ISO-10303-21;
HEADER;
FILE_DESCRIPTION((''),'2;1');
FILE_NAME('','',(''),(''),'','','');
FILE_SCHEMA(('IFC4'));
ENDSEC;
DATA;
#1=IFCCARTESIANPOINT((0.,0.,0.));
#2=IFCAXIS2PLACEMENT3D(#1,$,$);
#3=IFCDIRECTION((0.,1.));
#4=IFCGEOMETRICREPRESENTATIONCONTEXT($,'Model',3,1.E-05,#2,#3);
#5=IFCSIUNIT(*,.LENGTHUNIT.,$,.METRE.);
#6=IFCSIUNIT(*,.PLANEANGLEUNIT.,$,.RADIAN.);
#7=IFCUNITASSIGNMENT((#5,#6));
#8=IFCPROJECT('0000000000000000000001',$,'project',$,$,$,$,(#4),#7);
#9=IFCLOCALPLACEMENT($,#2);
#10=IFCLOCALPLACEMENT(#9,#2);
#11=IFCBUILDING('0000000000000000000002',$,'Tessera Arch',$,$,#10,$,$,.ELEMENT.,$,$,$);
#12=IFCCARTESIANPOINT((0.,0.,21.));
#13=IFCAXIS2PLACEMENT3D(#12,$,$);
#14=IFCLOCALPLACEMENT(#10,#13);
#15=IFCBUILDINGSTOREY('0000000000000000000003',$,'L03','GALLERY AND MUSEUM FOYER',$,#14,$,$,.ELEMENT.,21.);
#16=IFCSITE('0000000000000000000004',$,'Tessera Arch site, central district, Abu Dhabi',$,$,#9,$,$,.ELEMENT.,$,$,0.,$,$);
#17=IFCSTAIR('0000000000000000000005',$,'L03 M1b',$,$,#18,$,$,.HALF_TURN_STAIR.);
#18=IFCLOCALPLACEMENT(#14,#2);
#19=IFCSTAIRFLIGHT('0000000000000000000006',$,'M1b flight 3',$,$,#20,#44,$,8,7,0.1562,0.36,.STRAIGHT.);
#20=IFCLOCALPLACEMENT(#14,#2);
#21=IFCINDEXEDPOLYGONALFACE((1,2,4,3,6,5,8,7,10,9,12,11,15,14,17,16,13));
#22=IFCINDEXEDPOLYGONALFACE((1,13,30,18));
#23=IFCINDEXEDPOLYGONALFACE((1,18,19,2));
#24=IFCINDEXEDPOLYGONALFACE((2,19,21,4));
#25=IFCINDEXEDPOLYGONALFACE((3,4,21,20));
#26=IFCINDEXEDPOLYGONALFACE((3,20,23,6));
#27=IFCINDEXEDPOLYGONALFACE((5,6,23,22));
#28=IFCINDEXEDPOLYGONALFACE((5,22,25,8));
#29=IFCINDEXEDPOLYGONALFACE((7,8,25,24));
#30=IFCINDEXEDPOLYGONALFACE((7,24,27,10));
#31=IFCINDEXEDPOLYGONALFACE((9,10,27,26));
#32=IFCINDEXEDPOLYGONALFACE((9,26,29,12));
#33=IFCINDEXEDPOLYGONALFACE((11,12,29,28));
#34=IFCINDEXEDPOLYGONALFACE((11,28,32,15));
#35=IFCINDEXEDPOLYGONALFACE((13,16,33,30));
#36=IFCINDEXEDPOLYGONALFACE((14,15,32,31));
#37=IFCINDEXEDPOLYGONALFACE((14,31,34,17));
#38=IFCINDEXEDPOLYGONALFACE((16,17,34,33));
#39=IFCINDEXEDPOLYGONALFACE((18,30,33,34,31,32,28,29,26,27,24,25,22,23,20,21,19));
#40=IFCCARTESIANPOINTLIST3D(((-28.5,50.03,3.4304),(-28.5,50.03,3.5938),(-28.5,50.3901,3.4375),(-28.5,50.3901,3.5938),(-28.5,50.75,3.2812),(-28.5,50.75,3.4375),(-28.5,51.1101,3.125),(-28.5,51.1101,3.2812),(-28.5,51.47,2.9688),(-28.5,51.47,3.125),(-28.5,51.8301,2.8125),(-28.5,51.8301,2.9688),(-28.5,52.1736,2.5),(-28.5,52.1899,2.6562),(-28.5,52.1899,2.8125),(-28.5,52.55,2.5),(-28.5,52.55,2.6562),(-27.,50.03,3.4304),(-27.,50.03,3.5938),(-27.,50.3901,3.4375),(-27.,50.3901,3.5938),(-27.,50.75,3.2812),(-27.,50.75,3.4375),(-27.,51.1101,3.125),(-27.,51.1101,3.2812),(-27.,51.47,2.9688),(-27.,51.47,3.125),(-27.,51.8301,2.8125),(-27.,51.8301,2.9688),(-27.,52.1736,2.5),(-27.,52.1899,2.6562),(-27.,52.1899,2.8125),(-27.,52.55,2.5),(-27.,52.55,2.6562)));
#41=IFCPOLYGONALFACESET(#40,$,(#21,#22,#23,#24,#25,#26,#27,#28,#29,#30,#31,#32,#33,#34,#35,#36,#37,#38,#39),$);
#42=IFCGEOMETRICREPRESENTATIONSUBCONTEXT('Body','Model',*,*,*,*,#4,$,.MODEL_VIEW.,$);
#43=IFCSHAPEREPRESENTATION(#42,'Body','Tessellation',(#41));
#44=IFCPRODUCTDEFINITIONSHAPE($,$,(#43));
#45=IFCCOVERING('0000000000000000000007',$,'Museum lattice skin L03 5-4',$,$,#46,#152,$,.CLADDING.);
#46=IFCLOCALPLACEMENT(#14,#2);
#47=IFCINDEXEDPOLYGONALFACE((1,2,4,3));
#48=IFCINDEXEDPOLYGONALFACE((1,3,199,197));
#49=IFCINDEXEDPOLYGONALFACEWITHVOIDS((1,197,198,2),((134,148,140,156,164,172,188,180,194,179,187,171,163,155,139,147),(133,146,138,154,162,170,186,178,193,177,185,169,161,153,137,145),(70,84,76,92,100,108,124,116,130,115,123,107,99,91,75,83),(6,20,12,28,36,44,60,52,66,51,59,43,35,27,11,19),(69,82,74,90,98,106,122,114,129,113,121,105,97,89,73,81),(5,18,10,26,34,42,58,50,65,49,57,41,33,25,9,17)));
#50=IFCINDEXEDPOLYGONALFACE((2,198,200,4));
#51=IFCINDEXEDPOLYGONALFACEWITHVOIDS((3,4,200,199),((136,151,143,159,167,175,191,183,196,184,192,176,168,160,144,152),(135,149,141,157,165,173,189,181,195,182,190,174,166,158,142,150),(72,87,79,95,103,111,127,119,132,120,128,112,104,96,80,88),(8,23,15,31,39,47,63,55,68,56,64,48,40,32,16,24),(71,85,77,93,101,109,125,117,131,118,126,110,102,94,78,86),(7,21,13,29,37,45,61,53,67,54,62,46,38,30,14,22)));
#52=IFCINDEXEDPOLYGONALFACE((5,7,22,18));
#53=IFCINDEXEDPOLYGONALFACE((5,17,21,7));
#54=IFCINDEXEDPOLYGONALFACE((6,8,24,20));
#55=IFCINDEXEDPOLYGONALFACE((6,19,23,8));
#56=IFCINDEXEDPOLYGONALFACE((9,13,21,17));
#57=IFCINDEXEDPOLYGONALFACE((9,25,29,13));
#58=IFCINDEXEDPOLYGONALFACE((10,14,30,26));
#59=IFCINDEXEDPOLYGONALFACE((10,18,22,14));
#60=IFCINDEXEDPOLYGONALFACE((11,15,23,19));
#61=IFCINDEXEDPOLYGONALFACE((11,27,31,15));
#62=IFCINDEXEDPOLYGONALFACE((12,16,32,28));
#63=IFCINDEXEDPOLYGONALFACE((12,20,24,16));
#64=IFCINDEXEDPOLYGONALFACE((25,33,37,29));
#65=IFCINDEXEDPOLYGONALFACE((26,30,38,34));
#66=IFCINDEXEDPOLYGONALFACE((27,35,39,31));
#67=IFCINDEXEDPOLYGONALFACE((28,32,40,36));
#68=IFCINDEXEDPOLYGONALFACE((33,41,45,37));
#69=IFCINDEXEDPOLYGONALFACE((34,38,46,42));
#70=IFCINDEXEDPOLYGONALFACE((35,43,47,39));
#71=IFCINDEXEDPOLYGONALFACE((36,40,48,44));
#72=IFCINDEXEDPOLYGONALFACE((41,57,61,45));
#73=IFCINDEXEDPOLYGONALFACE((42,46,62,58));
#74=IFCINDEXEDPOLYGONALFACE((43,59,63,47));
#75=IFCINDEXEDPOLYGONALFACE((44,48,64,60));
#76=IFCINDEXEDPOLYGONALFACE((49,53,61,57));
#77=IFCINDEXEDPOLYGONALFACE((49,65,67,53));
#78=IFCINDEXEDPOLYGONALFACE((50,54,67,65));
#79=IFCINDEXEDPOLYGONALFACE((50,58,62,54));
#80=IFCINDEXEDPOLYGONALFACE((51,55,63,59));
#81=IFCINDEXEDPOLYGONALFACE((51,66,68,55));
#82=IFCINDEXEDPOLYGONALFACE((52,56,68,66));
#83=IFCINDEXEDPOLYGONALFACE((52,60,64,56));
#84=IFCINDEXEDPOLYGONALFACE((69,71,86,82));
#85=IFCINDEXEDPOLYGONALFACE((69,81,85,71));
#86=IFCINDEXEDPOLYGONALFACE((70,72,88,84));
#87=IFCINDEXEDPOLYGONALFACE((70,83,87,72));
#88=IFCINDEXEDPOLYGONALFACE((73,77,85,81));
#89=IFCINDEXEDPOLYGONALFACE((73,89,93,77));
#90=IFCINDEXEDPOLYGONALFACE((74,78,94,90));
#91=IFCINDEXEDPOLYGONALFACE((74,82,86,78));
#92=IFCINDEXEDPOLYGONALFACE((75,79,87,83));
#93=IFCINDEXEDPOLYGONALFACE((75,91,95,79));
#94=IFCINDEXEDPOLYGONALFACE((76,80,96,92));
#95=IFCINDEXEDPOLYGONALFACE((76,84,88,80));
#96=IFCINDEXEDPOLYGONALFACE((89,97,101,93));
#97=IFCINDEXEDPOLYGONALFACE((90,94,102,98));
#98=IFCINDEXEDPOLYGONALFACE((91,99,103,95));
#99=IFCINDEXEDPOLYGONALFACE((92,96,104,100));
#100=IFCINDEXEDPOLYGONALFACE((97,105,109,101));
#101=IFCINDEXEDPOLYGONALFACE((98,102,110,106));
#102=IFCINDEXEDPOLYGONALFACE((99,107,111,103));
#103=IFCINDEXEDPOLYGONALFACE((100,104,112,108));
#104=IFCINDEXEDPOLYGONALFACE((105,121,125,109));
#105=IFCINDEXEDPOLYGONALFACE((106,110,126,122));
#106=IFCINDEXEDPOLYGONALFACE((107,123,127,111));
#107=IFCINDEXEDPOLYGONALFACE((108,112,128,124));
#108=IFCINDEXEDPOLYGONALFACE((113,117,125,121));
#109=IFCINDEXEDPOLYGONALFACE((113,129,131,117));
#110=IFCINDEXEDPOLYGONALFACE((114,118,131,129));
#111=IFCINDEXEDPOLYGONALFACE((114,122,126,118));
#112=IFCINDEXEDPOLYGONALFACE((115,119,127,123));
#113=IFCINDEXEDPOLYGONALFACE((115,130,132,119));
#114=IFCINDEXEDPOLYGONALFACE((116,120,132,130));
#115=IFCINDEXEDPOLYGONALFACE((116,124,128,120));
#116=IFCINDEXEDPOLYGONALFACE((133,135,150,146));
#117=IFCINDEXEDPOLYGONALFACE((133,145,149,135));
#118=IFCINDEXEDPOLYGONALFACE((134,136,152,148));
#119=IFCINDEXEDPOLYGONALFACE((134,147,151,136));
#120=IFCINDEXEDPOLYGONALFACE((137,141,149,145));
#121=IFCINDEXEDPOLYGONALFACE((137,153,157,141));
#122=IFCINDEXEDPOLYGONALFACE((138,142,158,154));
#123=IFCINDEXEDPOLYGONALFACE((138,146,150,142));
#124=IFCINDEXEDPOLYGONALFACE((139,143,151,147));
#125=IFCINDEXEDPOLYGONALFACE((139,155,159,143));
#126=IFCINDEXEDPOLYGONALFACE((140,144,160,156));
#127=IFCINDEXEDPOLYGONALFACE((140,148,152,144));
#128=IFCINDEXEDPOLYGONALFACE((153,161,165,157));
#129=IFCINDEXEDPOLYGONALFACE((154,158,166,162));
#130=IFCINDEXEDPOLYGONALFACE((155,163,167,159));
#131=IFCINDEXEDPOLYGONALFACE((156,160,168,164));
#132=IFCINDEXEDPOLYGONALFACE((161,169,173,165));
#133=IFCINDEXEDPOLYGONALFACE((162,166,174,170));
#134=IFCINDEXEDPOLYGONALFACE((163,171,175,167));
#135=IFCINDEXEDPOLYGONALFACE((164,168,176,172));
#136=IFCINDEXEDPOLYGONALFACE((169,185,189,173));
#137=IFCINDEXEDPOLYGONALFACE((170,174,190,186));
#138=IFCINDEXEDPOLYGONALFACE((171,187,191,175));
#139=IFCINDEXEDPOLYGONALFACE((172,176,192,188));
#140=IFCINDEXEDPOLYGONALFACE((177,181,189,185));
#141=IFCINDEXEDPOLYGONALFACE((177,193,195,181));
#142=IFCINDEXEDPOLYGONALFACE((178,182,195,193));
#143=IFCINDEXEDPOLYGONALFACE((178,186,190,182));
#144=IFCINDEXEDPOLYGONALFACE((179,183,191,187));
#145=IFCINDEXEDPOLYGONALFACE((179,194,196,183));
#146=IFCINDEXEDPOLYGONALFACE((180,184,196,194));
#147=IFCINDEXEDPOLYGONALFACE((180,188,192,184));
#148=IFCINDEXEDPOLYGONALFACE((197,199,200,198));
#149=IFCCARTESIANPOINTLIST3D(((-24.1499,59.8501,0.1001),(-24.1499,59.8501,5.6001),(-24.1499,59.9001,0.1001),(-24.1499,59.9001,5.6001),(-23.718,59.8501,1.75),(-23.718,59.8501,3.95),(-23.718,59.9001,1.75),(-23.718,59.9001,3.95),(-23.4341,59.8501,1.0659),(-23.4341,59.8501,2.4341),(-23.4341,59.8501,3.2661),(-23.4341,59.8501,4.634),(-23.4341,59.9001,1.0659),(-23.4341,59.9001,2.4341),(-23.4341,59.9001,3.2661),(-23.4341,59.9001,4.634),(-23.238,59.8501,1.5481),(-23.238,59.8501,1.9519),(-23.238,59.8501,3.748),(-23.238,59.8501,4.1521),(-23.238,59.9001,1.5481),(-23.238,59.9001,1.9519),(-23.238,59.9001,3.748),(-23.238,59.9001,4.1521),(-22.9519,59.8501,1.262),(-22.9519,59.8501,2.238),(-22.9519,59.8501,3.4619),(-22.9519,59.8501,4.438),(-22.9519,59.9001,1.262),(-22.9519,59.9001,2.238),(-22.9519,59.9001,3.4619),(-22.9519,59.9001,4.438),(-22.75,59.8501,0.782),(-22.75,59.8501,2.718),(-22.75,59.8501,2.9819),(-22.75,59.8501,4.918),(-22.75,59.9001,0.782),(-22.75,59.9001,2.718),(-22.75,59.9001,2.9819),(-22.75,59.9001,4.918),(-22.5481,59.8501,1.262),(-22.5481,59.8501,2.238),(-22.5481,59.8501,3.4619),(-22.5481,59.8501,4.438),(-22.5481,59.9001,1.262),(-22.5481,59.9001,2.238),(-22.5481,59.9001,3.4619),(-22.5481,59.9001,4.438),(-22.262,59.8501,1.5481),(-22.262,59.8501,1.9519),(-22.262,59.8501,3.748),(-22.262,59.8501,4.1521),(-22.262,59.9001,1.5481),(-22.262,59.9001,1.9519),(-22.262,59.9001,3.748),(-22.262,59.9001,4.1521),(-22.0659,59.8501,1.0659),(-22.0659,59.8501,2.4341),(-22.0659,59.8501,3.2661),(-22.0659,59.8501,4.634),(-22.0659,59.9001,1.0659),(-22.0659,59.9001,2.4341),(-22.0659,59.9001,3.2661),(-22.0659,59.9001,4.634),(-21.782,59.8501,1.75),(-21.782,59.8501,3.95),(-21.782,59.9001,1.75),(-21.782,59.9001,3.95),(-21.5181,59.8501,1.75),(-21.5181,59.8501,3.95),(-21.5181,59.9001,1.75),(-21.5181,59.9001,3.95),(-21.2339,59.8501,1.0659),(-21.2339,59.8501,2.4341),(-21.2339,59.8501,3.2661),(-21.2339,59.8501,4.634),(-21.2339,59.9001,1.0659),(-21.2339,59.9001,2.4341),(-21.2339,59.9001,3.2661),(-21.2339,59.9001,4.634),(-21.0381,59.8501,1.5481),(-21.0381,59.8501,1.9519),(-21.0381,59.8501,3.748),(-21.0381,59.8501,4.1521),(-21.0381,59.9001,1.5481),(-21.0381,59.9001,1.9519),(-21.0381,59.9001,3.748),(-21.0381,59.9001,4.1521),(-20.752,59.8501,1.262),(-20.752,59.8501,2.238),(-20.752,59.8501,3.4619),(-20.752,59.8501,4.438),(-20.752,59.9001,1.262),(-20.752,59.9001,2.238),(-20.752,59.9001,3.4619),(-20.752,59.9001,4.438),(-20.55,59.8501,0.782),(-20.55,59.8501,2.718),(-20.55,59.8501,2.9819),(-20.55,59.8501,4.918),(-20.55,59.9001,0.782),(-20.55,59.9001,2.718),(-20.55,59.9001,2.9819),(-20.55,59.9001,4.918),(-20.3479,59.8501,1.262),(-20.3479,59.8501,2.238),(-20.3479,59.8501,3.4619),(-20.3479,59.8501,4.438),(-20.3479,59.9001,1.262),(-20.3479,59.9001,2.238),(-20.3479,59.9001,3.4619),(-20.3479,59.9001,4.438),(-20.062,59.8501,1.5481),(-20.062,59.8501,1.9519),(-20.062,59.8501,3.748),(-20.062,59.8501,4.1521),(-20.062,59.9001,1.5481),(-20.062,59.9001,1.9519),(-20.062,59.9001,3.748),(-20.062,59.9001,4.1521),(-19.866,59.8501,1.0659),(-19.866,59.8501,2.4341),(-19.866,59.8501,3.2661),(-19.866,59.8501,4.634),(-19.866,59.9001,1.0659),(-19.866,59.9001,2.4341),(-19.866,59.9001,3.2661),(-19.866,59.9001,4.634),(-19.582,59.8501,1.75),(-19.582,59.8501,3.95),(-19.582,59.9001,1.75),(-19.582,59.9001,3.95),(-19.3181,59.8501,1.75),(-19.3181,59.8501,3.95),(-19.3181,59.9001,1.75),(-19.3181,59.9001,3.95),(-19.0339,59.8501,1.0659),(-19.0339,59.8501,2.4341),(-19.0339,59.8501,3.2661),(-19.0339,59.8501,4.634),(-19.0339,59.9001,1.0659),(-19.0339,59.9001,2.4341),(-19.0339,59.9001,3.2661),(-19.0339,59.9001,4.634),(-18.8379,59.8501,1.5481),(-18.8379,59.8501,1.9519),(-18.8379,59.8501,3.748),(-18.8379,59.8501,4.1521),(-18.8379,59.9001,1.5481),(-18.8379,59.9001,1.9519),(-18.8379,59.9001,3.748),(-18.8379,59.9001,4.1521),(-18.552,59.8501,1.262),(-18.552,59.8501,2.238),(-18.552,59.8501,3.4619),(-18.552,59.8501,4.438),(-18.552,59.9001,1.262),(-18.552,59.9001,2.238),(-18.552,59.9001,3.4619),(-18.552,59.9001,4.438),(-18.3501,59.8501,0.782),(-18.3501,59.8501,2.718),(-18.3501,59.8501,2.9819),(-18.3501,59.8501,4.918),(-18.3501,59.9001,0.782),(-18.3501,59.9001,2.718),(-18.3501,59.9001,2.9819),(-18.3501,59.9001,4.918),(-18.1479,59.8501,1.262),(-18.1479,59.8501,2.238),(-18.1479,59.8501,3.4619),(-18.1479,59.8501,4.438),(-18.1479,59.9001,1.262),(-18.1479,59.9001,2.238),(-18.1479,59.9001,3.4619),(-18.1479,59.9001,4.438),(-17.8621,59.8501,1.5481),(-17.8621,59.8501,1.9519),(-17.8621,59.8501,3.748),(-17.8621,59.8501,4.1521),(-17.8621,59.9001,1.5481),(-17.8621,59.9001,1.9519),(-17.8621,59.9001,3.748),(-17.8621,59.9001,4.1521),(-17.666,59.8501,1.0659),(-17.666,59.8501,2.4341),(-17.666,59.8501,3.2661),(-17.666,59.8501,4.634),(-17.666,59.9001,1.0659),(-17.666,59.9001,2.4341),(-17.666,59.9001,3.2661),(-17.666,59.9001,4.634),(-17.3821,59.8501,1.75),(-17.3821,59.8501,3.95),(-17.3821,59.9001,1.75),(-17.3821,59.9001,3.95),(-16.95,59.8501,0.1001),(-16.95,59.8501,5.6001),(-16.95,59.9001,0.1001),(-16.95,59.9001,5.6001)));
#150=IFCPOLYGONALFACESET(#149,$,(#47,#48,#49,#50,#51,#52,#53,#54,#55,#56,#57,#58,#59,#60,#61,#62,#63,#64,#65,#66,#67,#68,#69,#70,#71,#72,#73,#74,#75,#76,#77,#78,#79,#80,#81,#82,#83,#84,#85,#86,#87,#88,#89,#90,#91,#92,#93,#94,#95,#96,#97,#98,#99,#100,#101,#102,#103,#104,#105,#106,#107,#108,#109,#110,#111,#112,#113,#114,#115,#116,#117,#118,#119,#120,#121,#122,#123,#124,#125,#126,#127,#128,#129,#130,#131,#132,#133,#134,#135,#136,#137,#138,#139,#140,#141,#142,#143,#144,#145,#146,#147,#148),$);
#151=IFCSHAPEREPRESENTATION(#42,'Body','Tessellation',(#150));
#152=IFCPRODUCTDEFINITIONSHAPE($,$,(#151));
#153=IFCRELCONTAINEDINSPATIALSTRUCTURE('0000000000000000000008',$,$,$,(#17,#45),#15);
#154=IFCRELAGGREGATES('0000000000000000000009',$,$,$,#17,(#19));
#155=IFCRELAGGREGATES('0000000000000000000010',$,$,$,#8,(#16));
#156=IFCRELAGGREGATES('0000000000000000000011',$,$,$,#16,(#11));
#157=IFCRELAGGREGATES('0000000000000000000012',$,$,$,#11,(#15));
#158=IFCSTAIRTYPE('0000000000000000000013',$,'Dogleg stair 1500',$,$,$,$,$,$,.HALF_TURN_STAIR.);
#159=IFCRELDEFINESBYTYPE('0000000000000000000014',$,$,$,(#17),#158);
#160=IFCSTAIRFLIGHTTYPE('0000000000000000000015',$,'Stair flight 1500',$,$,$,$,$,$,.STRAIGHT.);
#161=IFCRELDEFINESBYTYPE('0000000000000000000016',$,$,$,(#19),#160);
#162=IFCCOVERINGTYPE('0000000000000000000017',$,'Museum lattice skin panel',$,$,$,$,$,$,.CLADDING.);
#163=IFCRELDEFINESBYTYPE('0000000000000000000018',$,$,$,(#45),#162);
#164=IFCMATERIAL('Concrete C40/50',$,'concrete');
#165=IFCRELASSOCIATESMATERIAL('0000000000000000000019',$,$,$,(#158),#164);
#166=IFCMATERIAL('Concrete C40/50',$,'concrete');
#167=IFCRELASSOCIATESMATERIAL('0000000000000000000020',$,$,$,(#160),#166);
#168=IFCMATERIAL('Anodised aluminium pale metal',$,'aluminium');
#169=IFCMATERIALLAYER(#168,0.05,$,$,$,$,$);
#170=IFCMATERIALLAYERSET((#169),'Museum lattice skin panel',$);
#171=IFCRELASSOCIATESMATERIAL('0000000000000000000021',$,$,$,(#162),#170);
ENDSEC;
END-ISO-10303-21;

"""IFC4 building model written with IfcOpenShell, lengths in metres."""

from ifc_helpers import new_model, si_unit, direction, frame, origin, place, context, subcontext, project, spatial, polyline, outline, extrude, material, layer, layer_set, type_object, element, aggregate, save


model = new_model("IFC4")

# Units and contexts
model_context = context("Model", 3, precision=1e-05, world=origin(), true_north=direction((0.0, 1.0)))
body_context = subcontext(model_context, "Body", "Model", "MODEL_VIEW")
ifc_project = project(units=[si_unit("LENGTHUNIT", "METRE"), si_unit("PLANEANGLEUNIT", "RADIAN")], contexts=[model_context])

# Site, building, storey
site_placement = place(None, origin())
site = spatial("IfcSite", under=ifc_project, at=site_placement, Name="Tessera Arch site, central district, Abu Dhabi", CompositionType="ELEMENT", RefElevation=0.0)
building_placement = place(site_placement, origin())
building = spatial("IfcBuilding", under=site, at=building_placement, Name="Tessera Arch", CompositionType="ELEMENT")
storey_placement = place(building_placement, frame((0.0, 0.0, 21.0)))
storey = spatial("IfcBuildingStorey", under=building, at=storey_placement, Name="L03", Description="GALLERY AND MUSEUM FOYER", CompositionType="ELEMENT", Elevation=21.0)

# Stair, stair flight
ifc_material_1 = material(Name="Concrete C40/50", Category="concrete")
stair_type = type_object("IfcStairType", Name="Dogleg stair 1500", PredefinedType="HALF_TURN_STAIR", material=ifc_material_1)
stair_placement = place(storey_placement, origin())
stair = element("IfcStair", 1, at=stair_placement, inside=storey, type_object=stair_type, Name="L03 M1b", PredefinedType="HALF_TURN_STAIR")
ifc_material_2 = material(Name="Concrete C40/50", Category="concrete")
stair_flight_type = type_object("IfcStairFlightType", Name="Stair flight 1500", PredefinedType="STRAIGHT", material=ifc_material_2)
stair_flight_1_placement = place(storey_placement, frame((-27.75, 52.55, 2.5), z_axis=(0.0, 0.0, 1.0), x_axis=(0.0, -1.0, 0.0)))
stair_flight_1 = element("IfcStairFlight", 2, at=stair_flight_1_placement, type_object=stair_flight_type, Name="M1b flight 3", NumberOfRisers=8, NumberOfTreads=7, PredefinedType="STRAIGHT", RiserHeight=0.1562, TreadLength=0.36, context=body_context, shape_type="SweptSolid", body=[
    extrude(outline(polyline([(0.0, 0.0), (0.0, 0.1562), (0.3601, 0.1562), (0.3601, 0.3125), (0.72, 0.3125), (0.72, 0.4688), (1.0801, 0.4688), (1.0801, 0.625), (1.4399, 0.625), (1.4399, 0.7812), (1.8, 0.7812), (1.8, 0.9375), (2.1599, 0.9375), (2.1599, 1.0938), (2.52, 1.0938), (2.52, 1.25), (2.52, 0.9304), (0.3765, 0.0), (0.0, 0.0)])), frame((0.0, 0.75, 0.0), z_axis=(0.0, -1.0, 0.0), x_axis=(1.0, 0.0, 0.0)), (0.0, 0.0, 1.0), 1.5),
])
aggregate(stair, [stair_flight_1])

# Covering
ifc_material_3 = material(Name="Anodised aluminium pale metal", Category="aluminium")
ifc_layer_1 = layer(ifc_material_3, 0.05)
ifc_layer_set_1 = layer_set([ifc_layer_1], Name="Museum lattice skin panel")
covering_type = type_object("IfcCoveringType", Name="Museum lattice skin panel", PredefinedType="CLADDING", material=ifc_layer_set_1)
covering_1_placement = place(storey_placement, frame((-16.95, 59.8501, 5.6001), z_axis=(0.0, -1.0, 0.0), x_axis=(-1.0, 0.0, 0.0)))
element("IfcCovering", 3, at=covering_1_placement, inside=storey, type_object=covering_type, Name="Museum lattice skin L03 5-4", PredefinedType="CLADDING", context=body_context, shape_type="SweptSolid", body=[
    extrude(outline(polyline([(0.0, 0.0), (7.2, 0.0), (7.2, 5.5), (0.0, 5.5), (0.0, 0.0)]), holes=[polyline([(2.3682, 3.8501), (1.8879, 3.6482), (2.084, 3.166), (1.6021, 3.3621), (1.4001, 2.8821), (1.198, 3.3621), (0.7161, 3.166), (0.9121, 3.6482), (0.4321, 3.8501), (0.9121, 4.052), (0.7161, 4.5342), (1.198, 4.3381), (1.4001, 4.8181), (1.6021, 4.3381), (2.084, 4.5342), (1.8879, 4.052), (2.3682, 3.8501)]), polyline([(2.3682, 1.6501), (1.8879, 1.448), (2.084, 0.9661), (1.6021, 1.1621), (1.4001, 0.6821), (1.198, 1.1621), (0.7161, 0.9661), (0.9121, 1.448), (0.4321, 1.6501), (0.9121, 1.8521), (0.7161, 2.334), (1.198, 2.1382), (1.4001, 2.6182), (1.6021, 2.1382), (2.084, 2.334), (1.8879, 1.8521), (2.3682, 1.6501)]), polyline([(4.5681, 3.8501), (4.0881, 3.6482), (4.2839, 3.166), (3.802, 3.3621), (3.6001, 2.8821), (3.3979, 3.3621), (2.916, 3.166), (3.1121, 3.6482), (2.6321, 3.8501), (3.1121, 4.052), (2.916, 4.5342), (3.3979, 4.3381), (3.6001, 4.8181), (3.802, 4.3381), (4.2839, 4.5342), (4.0881, 4.052), (4.5681, 3.8501)]), polyline([(4.5681, 1.6501), (4.0881, 1.448), (4.2839, 0.9661), (3.802, 1.1621), (3.6001, 0.6821), (3.3979, 1.1621), (2.916, 0.9661), (3.1121, 1.448), (2.6321, 1.6501), (3.1121, 1.8521), (2.916, 2.334), (3.3979, 2.1382), (3.6001, 2.6182), (3.802, 2.1382), (4.2839, 2.334), (4.0881, 1.8521), (4.5681, 1.6501)]), polyline([(6.7681, 3.8501), (6.2881, 3.6482), (6.4841, 3.166), (6.002, 3.3621), (5.8, 2.8821), (5.5981, 3.3621), (5.116, 3.166), (5.312, 3.6482), (4.832, 3.8501), (5.312, 4.052), (5.116, 4.5342), (5.5981, 4.3381), (5.8, 4.8181), (6.002, 4.3381), (6.4841, 4.5342), (6.2881, 4.052), (6.7681, 3.8501)]), polyline([(6.7681, 1.6501), (6.2881, 1.448), (6.4841, 0.9661), (6.002, 1.1621), (5.8, 0.6821), (5.5981, 1.1621), (5.116, 0.9661), (5.312, 1.448), (4.832, 1.6501), (5.312, 1.8521), (5.116, 2.334), (5.5981, 2.1382), (5.8, 2.6182), (6.002, 2.1382), (6.4841, 2.334), (6.2881, 1.8521), (6.7681, 1.6501)])]), origin(), (0.0, 0.0, -1.0), 0.05),
])

save(model, "model.ifc")
